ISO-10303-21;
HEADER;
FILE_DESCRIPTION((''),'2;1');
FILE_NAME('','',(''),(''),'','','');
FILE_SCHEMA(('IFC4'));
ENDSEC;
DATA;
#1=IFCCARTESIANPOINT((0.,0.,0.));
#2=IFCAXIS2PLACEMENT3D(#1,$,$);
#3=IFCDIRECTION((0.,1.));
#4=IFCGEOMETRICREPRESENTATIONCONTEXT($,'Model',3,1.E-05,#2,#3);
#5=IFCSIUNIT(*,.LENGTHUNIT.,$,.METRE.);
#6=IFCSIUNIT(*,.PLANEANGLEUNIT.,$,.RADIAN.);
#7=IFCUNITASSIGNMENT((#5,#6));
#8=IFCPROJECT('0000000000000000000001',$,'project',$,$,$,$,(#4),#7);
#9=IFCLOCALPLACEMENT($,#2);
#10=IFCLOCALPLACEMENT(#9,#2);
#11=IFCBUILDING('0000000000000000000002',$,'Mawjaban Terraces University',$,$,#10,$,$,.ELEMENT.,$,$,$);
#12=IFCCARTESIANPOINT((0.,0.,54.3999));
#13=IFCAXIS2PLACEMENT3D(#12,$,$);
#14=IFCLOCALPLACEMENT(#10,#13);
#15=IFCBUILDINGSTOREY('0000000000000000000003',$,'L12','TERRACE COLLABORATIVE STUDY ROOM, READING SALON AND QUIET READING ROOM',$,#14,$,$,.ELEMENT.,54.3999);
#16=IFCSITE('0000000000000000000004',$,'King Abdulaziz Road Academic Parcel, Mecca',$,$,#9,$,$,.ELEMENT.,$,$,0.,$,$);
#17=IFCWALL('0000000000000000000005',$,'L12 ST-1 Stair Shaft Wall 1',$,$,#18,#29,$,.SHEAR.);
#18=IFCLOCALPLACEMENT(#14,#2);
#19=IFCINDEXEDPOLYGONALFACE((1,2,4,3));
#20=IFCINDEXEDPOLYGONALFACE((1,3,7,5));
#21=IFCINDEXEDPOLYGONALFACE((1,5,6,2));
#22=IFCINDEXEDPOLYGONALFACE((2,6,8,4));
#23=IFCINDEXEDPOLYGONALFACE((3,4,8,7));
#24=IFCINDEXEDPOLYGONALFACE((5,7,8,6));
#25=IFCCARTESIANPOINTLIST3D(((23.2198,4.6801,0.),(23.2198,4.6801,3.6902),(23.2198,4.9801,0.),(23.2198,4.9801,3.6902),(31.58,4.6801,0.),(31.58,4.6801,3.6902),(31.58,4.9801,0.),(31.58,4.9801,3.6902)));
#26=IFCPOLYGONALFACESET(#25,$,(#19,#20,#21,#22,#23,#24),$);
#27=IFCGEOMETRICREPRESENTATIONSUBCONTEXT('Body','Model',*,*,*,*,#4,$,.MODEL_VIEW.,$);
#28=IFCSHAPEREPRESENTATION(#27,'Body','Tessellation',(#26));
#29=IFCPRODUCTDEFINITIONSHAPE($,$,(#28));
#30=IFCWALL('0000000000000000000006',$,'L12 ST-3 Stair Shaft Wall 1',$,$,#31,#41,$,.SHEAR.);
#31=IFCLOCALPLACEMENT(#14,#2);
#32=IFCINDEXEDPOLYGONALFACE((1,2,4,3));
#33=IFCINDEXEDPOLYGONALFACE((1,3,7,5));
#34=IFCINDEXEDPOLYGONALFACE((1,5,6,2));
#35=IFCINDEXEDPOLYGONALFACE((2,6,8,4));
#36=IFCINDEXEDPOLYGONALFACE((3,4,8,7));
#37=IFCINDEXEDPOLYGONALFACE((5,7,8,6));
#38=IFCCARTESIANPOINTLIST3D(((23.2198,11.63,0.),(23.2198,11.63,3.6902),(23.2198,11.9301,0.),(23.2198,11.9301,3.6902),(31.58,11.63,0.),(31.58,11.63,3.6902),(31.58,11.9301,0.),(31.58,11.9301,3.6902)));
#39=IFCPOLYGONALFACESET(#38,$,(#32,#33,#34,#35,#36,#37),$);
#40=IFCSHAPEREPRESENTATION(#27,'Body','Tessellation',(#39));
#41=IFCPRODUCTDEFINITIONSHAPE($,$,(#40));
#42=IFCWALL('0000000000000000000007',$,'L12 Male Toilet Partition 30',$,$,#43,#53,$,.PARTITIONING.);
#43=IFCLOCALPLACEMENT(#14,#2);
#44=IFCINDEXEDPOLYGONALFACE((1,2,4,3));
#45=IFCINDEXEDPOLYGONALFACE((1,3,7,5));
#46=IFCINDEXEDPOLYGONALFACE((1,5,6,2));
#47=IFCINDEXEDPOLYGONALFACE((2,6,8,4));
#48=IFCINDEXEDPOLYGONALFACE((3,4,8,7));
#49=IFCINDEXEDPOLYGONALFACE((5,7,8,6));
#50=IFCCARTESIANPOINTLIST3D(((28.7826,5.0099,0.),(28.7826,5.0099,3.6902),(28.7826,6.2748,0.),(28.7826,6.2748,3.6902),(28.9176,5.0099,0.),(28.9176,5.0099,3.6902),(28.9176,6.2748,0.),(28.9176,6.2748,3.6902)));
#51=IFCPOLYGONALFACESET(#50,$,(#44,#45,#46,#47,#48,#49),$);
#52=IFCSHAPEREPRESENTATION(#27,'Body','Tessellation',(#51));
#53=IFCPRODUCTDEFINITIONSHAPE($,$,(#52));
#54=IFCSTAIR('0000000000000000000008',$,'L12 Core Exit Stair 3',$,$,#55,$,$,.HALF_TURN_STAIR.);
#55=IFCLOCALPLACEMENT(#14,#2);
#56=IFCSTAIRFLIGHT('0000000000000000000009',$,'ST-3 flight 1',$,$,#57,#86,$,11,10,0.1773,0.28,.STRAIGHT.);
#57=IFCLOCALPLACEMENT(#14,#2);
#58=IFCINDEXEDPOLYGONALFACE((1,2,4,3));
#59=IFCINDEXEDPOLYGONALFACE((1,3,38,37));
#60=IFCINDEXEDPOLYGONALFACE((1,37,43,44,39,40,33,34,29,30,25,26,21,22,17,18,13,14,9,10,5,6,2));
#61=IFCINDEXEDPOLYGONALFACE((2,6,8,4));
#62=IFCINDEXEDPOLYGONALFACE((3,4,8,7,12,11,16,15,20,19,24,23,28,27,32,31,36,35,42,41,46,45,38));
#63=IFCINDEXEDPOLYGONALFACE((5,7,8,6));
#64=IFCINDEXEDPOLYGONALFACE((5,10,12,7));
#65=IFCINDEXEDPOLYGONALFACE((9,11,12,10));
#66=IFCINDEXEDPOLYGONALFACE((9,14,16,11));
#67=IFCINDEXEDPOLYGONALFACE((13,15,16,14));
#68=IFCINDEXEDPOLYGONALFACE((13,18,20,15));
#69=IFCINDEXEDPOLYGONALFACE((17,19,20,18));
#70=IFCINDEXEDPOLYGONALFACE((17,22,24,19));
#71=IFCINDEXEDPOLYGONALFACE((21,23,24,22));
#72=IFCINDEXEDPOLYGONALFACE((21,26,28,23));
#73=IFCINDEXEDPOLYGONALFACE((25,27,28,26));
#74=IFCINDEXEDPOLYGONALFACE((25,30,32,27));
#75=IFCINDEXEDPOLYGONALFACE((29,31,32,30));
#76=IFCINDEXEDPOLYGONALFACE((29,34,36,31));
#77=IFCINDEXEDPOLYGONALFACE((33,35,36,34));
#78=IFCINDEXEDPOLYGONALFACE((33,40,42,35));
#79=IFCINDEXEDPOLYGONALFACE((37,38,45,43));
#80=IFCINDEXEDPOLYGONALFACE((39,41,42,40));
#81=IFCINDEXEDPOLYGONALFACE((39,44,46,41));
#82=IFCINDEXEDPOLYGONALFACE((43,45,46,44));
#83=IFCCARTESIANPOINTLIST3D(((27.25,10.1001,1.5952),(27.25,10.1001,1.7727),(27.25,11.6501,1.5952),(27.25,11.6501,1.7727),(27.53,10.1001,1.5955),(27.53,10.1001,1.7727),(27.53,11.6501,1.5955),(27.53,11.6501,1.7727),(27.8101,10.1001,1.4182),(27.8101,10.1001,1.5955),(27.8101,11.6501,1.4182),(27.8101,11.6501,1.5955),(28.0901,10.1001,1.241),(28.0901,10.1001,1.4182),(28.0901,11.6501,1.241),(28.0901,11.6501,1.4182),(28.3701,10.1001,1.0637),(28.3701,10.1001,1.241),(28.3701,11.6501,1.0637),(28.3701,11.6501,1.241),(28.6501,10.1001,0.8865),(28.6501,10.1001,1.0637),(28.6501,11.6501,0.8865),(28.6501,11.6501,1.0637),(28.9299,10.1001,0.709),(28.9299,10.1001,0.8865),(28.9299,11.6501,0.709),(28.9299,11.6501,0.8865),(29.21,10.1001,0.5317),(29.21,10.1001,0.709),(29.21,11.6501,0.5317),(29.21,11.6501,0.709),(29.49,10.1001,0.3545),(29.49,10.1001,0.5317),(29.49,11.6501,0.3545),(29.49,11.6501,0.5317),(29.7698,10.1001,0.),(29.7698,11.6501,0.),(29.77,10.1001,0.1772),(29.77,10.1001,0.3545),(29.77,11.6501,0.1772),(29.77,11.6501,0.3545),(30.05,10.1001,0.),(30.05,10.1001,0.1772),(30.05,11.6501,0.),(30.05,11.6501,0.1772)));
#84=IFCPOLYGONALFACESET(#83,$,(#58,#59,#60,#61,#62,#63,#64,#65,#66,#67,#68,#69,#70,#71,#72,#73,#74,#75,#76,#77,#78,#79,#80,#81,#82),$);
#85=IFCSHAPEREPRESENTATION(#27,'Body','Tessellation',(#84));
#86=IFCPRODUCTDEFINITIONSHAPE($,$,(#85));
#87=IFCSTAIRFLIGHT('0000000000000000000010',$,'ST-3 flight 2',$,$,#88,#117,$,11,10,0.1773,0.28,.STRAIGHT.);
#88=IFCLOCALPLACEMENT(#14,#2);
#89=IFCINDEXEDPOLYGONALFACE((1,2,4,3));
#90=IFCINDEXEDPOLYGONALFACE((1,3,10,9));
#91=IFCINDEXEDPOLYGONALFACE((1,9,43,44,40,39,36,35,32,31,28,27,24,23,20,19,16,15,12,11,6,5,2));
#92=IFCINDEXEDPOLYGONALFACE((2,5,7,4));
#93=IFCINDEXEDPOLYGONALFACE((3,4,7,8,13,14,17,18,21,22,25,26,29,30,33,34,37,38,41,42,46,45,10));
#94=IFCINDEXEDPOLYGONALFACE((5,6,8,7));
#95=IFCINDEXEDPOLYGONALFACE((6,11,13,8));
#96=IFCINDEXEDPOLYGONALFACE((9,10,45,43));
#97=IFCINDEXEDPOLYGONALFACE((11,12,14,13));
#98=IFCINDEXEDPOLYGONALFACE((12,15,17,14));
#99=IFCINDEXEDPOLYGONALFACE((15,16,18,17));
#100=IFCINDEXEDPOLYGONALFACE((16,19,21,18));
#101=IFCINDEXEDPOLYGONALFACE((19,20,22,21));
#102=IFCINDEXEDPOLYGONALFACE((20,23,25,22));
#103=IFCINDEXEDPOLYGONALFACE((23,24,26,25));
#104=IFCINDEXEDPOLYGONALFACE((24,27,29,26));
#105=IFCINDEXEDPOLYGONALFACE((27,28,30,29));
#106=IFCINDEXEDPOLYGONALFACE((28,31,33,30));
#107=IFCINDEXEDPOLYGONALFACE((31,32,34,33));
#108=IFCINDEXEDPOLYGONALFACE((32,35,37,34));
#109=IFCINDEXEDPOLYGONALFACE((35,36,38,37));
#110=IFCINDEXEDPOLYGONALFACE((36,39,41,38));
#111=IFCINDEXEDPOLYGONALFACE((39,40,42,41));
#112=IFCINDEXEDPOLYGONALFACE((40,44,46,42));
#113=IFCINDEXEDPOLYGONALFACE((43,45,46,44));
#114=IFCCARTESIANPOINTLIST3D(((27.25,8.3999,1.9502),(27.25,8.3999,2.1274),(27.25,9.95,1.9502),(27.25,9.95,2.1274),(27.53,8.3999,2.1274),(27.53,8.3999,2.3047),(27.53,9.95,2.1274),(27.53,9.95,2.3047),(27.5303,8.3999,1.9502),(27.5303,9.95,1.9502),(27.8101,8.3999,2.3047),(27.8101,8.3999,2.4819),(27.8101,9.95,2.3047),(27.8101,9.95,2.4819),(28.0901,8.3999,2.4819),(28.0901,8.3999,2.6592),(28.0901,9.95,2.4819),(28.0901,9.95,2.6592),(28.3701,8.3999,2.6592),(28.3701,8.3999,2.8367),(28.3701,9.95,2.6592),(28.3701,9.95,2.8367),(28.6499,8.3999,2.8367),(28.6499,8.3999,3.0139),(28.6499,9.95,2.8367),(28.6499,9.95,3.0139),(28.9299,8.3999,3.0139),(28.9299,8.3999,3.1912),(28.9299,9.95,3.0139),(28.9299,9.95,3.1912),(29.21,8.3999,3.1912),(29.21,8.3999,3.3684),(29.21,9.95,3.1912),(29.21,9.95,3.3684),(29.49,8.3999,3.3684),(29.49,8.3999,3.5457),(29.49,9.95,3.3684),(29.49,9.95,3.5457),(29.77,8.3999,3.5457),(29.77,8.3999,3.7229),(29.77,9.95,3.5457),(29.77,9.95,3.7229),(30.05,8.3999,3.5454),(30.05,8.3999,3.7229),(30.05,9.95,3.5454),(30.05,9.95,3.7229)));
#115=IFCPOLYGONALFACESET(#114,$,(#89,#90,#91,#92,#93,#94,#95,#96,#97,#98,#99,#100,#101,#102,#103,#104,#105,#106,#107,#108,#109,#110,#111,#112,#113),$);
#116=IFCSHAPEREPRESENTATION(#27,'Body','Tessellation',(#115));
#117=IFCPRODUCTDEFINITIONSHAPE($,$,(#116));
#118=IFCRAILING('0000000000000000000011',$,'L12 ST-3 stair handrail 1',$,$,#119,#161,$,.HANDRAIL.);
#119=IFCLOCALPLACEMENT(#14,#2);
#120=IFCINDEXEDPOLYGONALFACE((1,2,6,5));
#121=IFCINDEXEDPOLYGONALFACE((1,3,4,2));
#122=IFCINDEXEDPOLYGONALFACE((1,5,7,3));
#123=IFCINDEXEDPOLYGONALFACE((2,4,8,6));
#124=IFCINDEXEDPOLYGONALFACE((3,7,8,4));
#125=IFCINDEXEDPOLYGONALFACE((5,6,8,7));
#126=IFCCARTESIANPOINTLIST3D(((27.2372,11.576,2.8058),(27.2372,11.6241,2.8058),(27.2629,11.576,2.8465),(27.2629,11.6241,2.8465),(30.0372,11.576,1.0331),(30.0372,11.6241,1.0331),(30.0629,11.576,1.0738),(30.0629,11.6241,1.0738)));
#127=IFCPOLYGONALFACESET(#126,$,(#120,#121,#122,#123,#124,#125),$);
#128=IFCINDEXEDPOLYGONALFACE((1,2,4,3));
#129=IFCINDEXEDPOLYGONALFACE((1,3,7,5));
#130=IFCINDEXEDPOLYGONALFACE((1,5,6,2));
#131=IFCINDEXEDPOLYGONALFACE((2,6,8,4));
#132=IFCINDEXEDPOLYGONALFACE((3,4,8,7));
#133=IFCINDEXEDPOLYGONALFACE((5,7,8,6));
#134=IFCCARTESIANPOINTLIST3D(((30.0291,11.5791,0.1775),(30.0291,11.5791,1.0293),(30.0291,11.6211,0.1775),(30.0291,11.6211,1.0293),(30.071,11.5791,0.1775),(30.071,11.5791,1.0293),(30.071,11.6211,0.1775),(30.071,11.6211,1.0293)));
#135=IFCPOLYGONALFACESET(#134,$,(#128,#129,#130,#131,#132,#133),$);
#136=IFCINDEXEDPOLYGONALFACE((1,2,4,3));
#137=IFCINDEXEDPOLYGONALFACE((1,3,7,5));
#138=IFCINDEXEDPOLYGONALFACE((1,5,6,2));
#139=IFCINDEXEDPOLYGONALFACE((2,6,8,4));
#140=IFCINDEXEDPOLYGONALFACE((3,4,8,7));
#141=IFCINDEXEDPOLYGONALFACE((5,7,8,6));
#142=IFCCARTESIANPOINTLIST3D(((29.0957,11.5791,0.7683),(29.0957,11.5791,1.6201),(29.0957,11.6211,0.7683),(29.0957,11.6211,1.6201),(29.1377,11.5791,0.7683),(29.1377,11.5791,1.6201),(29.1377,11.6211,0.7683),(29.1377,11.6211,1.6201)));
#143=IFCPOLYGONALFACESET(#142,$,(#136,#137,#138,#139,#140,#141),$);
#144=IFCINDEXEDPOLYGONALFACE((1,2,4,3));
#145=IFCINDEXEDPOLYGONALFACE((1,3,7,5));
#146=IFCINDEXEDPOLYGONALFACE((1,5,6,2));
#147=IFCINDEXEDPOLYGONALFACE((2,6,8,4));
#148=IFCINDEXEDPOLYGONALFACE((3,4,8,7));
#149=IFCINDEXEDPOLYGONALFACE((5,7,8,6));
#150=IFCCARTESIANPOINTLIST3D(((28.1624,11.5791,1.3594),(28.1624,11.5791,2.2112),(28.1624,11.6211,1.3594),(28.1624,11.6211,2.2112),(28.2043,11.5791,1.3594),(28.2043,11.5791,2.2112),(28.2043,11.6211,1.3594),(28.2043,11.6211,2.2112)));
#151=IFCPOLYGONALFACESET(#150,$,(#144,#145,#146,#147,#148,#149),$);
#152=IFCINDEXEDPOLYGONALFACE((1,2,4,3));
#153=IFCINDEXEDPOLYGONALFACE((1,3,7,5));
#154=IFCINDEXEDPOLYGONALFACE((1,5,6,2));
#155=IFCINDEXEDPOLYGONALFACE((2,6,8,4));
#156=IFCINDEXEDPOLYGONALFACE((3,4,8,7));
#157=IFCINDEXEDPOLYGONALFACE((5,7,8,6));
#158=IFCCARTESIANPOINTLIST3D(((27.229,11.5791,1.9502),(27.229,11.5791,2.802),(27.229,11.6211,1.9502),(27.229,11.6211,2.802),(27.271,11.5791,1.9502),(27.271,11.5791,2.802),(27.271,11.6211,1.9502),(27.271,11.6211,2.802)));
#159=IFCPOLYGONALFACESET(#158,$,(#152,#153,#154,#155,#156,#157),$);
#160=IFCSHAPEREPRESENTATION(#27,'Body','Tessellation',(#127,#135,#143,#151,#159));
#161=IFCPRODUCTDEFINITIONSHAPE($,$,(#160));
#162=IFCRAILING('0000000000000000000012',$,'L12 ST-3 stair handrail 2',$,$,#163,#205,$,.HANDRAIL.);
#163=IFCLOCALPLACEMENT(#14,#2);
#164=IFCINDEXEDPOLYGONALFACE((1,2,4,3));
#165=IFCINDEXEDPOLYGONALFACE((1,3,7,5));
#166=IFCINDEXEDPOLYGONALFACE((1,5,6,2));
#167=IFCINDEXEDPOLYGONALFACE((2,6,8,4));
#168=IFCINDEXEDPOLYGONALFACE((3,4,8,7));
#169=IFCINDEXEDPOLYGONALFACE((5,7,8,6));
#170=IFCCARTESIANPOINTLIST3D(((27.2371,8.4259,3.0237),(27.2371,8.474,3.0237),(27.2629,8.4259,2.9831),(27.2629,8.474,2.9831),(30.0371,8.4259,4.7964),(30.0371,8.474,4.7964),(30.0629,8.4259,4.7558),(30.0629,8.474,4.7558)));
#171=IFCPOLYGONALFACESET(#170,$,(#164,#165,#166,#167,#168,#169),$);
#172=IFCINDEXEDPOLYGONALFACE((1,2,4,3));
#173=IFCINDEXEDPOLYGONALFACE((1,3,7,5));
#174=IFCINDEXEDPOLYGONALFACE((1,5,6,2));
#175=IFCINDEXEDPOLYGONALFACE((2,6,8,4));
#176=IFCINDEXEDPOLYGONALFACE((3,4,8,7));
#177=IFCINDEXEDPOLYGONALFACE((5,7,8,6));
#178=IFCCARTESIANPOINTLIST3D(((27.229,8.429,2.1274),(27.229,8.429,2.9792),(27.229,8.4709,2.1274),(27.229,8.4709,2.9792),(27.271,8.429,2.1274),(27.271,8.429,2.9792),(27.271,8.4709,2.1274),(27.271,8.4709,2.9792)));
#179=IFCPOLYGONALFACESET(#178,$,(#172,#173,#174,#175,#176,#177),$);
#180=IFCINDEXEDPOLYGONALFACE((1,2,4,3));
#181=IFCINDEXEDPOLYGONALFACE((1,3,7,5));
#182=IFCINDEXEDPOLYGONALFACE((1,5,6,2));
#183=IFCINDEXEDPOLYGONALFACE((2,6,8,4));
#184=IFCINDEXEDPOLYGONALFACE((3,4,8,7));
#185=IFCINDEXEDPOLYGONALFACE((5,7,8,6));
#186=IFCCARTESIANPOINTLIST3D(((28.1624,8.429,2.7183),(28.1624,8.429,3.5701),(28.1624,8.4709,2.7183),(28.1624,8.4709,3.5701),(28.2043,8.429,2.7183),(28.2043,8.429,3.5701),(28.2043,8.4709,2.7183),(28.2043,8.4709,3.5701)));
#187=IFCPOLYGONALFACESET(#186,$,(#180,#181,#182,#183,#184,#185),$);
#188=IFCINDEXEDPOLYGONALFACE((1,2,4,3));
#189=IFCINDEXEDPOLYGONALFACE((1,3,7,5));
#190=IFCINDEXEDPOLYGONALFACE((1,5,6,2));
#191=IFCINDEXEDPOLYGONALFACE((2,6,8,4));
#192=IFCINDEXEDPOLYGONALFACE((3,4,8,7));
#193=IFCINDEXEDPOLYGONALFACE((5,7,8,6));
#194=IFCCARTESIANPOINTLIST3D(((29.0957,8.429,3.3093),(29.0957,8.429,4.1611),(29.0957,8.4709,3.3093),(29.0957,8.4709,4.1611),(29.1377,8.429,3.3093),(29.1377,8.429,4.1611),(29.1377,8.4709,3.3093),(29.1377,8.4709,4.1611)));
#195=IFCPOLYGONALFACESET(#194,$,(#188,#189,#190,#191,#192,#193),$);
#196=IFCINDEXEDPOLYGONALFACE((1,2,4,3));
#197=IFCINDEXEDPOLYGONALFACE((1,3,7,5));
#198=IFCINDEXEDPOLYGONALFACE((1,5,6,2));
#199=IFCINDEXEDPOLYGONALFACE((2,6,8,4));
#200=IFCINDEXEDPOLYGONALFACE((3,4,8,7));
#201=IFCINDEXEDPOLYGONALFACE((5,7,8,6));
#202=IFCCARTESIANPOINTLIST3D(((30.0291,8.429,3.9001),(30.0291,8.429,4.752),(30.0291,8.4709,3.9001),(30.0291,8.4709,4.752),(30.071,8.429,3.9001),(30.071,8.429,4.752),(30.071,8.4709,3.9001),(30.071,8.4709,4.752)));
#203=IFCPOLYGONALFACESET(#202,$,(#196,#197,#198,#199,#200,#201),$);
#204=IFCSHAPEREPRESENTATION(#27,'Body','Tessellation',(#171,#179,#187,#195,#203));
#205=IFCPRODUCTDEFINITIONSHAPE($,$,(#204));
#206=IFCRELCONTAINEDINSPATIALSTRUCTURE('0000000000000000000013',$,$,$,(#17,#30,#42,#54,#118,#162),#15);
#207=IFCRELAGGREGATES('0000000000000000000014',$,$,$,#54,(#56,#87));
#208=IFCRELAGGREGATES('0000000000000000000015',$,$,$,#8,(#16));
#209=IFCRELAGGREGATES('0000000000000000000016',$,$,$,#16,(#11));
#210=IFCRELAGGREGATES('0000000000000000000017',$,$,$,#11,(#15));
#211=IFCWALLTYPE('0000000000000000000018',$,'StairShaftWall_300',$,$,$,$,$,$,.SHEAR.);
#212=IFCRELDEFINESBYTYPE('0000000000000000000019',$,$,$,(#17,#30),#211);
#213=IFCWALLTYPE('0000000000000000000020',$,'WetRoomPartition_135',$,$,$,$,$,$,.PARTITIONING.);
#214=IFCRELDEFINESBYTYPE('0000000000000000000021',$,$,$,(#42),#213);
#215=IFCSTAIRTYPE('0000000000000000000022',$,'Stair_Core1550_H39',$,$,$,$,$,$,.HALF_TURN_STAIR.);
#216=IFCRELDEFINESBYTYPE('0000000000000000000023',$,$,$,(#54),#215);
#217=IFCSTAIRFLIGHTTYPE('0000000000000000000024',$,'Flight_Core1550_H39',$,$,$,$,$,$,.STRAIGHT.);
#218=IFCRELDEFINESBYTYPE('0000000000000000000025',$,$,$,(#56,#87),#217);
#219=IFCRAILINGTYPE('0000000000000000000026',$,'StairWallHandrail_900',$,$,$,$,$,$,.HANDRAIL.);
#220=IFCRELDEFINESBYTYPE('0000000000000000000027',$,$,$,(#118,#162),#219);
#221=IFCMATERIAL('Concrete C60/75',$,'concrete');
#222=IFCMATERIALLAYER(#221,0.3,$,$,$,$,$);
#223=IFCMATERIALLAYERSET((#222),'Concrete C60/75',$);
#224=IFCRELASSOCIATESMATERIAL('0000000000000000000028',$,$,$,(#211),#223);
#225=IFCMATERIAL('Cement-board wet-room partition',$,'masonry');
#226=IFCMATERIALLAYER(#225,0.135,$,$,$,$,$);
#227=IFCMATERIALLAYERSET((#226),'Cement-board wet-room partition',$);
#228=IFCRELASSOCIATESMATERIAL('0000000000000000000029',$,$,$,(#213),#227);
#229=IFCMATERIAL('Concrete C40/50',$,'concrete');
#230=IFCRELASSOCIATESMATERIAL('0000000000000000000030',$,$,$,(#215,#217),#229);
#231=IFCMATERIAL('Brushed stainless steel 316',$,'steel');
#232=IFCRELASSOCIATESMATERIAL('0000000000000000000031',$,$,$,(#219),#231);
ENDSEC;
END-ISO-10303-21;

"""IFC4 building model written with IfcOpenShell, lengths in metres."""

from ifc_helpers import new_model, si_unit, direction, frame, frame_2d, origin, origin_2d, place, context, subcontext, project, spatial, polyline, rectangle, outline, extrude, material, layer, layer_set, type_object, element, aggregate, save


model = new_model("IFC4")

# Units and contexts
model_context = context("Model", 3, precision=1e-05, world=origin(), true_north=direction((0.0, 1.0)))
body_context = subcontext(model_context, "Body", "Model", "MODEL_VIEW")
ifc_project = project(units=[si_unit("LENGTHUNIT", "METRE"), si_unit("PLANEANGLEUNIT", "RADIAN")], contexts=[model_context])

# Site, building, storey
site_placement = place(None, origin())
site = spatial("IfcSite", under=ifc_project, at=site_placement, Name="King Abdulaziz Road Academic Parcel, Mecca", CompositionType="ELEMENT", RefElevation=0.0)
building_placement = place(site_placement, origin())
building = spatial("IfcBuilding", under=site, at=building_placement, Name="Mawjaban Terraces University", CompositionType="ELEMENT")
storey_placement = place(building_placement, frame((0.0, 0.0, 54.3999)))
storey = spatial("IfcBuildingStorey", under=building, at=storey_placement, Name="L12", Description="TERRACE COLLABORATIVE STUDY ROOM, READING SALON AND QUIET READING ROOM", CompositionType="ELEMENT", Elevation=54.3999)

# Shared definitions
ifc_material_1 = material(Name="Concrete C40/50", Category="concrete")

# Walls
ifc_material_2 = material(Name="Concrete C60/75", Category="concrete")
ifc_layer_1 = layer(ifc_material_2, 0.3)
ifc_layer_set_1 = layer_set([ifc_layer_1], Name="Concrete C60/75")
wall_type_1 = type_object("IfcWallType", Name="StairShaftWall_300", PredefinedType="SHEAR", material=ifc_layer_set_1)
for number, where, z_axis, x_axis, name in (
    (1, (31.5801, 4.8301, 0.0), (0.0, 0.0, 1.0), (-1.0, 0.0, 0.0), "L12 ST-1 Stair Shaft Wall 1"),
    (2, (31.5801, 11.78, 0.0), (0.0, 0.0, 1.0), (-1.0, 0.0, 0.0), "L12 ST-3 Stair Shaft Wall 1"),
):
    element("IfcWall", number, at=place(storey_placement, frame(where, z_axis=z_axis, x_axis=x_axis)), inside=storey, type_object=wall_type_1, Name=name, PredefinedType="SHEAR", context=body_context, shape_type="SweptSolid", body=[
        extrude(rectangle(XDim=8.3601, YDim=0.3, at=frame_2d((4.1802, 0.0))), origin(), (0.0, 0.0, 1.0), 3.6902),
    ])

# Wall
ifc_material_3 = material(Name="Cement-board wet-room partition", Category="masonry")
ifc_layer_2 = layer(ifc_material_3, 0.135)
ifc_layer_set_2 = layer_set([ifc_layer_2], Name="Cement-board wet-room partition")
wall_type_2 = type_object("IfcWallType", Name="WetRoomPartition_135", PredefinedType="PARTITIONING", material=ifc_layer_set_2)
wall_1_placement = place(storey_placement, frame((28.8501, 5.01, 0.0), z_axis=(0.0, 0.0, 1.0), x_axis=(0.0, 1.0, 0.0)))
element("IfcWall", 3, at=wall_1_placement, inside=storey, type_object=wall_type_2, Name="L12 Male Toilet Partition 30", PredefinedType="PARTITIONING", context=body_context, shape_type="SweptSolid", body=[
    extrude(rectangle(XDim=1.2649, YDim=0.135, at=frame_2d((0.6323, 0.0))), origin(), (0.0, 0.0, 1.0), 3.6902),
])

# Stair, stair flights
stair_type = type_object("IfcStairType", Name="Stair_Core1550_H39", PredefinedType="HALF_TURN_STAIR", material=ifc_material_1)
stair_placement = place(storey_placement, origin())
stair = element("IfcStair", 4, at=stair_placement, inside=storey, type_object=stair_type, Name="L12 Core Exit Stair 3", PredefinedType="HALF_TURN_STAIR")
stair_flight_type = type_object("IfcStairFlightType", Name="Flight_Core1550_H39", PredefinedType="STRAIGHT", material=ifc_material_1)
stair_flight_1_placement = place(storey_placement, frame((30.05, 10.875, 0.0), z_axis=(0.0, 0.0, 1.0), x_axis=(-1.0, 0.0, 0.0)))
stair_flight_1 = element("IfcStairFlight", 5, at=stair_flight_1_placement, type_object=stair_flight_type, Name="ST-3 flight 1", NumberOfRisers=11, NumberOfTreads=10, PredefinedType="STRAIGHT", RiserHeight=0.1773, TreadLength=0.28, context=body_context, shape_type="SweptSolid", body=[
    extrude(outline(polyline([(0.0, 0.0), (0.0, 0.1772), (0.28, 0.1772), (0.28, 0.3545), (0.5601, 0.3545), (0.5601, 0.5317), (0.8401, 0.5317), (0.8401, 0.709), (1.1201, 0.709), (1.1201, 0.8865), (1.3999, 0.8865), (1.3999, 1.0637), (1.6799, 1.0637), (1.6799, 1.241), (1.96, 1.241), (1.96, 1.4182), (2.24, 1.4182), (2.24, 1.5955), (2.52, 1.5955), (2.52, 1.7727), (2.8, 1.7727), (2.8, 1.95), (2.8, 1.5952), (0.2803, 0.0), (0.0, 0.0)])), frame((0.0, 0.7749, 0.0), z_axis=(0.0, -1.0, 0.0), x_axis=(1.0, 0.0, 0.0)), (0.0, 0.0, 1.0), 1.55),
])
stair_flight_2_placement = place(storey_placement, frame((27.25, 9.175, 1.9502), z_axis=(0.0, 0.0, 1.0), x_axis=(1.0, 0.0, 0.0)))
stair_flight_2 = element("IfcStairFlight", 6, at=stair_flight_2_placement, type_object=stair_flight_type, Name="ST-3 flight 2", NumberOfRisers=11, NumberOfTreads=10, PredefinedType="STRAIGHT", RiserHeight=0.1773, TreadLength=0.28, context=body_context, shape_type="SweptSolid", body=[
    extrude(outline(polyline([(0.0, 0.0), (0.0, 0.1772), (0.28, 0.1772), (0.28, 0.3545), (0.5601, 0.3545), (0.5601, 0.5317), (0.8401, 0.5317), (0.8401, 0.709), (1.1201, 0.709), (1.1201, 0.8865), (1.3999, 0.8865), (1.3999, 1.0637), (1.6799, 1.0637), (1.6799, 1.241), (1.96, 1.241), (1.96, 1.4182), (2.24, 1.4182), (2.24, 1.5955), (2.52, 1.5955), (2.52, 1.7727), (2.8, 1.7727), (2.8, 1.95), (2.8, 1.5952), (0.2803, 0.0), (0.0, 0.0)])), frame((0.0, 0.7749, 0.0), z_axis=(0.0, -1.0, 0.0), x_axis=(1.0, 0.0, 0.0)), (0.0, 0.0, 1.0), 1.55),
])
aggregate(stair, [stair_flight_1, stair_flight_2])

# Railings
ifc_material_4 = material(Name="Brushed stainless steel 316", Category="steel")
railing_type_1 = type_object("IfcRailingType", Name="StairWallHandrail_900", PredefinedType="HANDRAIL", material=ifc_material_4)
railing_1_placement = place(storey_placement, frame((30.05, 11.6001, 0.1775)))
element("IfcRailing", 7, at=railing_1_placement, inside=storey, type_object=railing_type_1, Name="L12 ST-3 stair handrail 1", PredefinedType="HANDRAIL", context=body_context, shape_type="SweptSolid", body=[
    extrude(rectangle(XDim=0.0481, YDim=0.0481, at=origin_2d()), frame((0.0, 0.0, 0.876), z_axis=(-0.844909, 0.0, 0.53491), x_axis=(0.0, -1.0, 0.0)), (0.0, 0.0, 1.0), 3.314),
    extrude(rectangle(XDim=0.042, YDim=0.042, at=origin_2d()), origin(), (0.0, 0.0, 1.0), 0.8518),
    extrude(rectangle(XDim=0.042, YDim=0.042, at=origin_2d()), frame((-0.9333, 0.0, 0.5908)), (0.0, 0.0, 1.0), 0.8518),
    extrude(rectangle(XDim=0.042, YDim=0.042, at=origin_2d()), frame((-1.8667, 0.0, 1.1819)), (0.0, 0.0, 1.0), 0.8518),
    extrude(rectangle(XDim=0.042, YDim=0.042, at=origin_2d()), frame((-2.8, 0.0, 1.7727)), (0.0, 0.0, 1.0), 0.8518),
])
railing_2_placement = place(storey_placement, frame((27.25, 8.45, 2.1274)))
element("IfcRailing", 8, at=railing_2_placement, inside=storey, type_object=railing_type_1, Name="L12 ST-3 stair handrail 2", PredefinedType="HANDRAIL", context=body_context, shape_type="SweptSolid", body=[
    extrude(rectangle(XDim=0.0481, YDim=0.0481, at=origin_2d()), frame((0.0, 0.0, 0.876), z_axis=(0.844909, 0.0, 0.53491), x_axis=(0.0, 1.0, 0.0)), (0.0, 0.0, 1.0), 3.314),
    extrude(rectangle(XDim=0.042, YDim=0.042, at=origin_2d()), origin(), (0.0, 0.0, 1.0), 0.8518),
    extrude(rectangle(XDim=0.042, YDim=0.042, at=origin_2d()), frame((0.9333, 0.0, 0.5908)), (0.0, 0.0, 1.0), 0.8518),
    extrude(rectangle(XDim=0.042, YDim=0.042, at=origin_2d()), frame((1.8667, 0.0, 1.1819)), (0.0, 0.0, 1.0), 0.8518),
    extrude(rectangle(XDim=0.042, YDim=0.042, at=origin_2d()), frame((2.8, 0.0, 1.7727)), (0.0, 0.0, 1.0), 0.8518),
])

save(model, "model.ifc")
